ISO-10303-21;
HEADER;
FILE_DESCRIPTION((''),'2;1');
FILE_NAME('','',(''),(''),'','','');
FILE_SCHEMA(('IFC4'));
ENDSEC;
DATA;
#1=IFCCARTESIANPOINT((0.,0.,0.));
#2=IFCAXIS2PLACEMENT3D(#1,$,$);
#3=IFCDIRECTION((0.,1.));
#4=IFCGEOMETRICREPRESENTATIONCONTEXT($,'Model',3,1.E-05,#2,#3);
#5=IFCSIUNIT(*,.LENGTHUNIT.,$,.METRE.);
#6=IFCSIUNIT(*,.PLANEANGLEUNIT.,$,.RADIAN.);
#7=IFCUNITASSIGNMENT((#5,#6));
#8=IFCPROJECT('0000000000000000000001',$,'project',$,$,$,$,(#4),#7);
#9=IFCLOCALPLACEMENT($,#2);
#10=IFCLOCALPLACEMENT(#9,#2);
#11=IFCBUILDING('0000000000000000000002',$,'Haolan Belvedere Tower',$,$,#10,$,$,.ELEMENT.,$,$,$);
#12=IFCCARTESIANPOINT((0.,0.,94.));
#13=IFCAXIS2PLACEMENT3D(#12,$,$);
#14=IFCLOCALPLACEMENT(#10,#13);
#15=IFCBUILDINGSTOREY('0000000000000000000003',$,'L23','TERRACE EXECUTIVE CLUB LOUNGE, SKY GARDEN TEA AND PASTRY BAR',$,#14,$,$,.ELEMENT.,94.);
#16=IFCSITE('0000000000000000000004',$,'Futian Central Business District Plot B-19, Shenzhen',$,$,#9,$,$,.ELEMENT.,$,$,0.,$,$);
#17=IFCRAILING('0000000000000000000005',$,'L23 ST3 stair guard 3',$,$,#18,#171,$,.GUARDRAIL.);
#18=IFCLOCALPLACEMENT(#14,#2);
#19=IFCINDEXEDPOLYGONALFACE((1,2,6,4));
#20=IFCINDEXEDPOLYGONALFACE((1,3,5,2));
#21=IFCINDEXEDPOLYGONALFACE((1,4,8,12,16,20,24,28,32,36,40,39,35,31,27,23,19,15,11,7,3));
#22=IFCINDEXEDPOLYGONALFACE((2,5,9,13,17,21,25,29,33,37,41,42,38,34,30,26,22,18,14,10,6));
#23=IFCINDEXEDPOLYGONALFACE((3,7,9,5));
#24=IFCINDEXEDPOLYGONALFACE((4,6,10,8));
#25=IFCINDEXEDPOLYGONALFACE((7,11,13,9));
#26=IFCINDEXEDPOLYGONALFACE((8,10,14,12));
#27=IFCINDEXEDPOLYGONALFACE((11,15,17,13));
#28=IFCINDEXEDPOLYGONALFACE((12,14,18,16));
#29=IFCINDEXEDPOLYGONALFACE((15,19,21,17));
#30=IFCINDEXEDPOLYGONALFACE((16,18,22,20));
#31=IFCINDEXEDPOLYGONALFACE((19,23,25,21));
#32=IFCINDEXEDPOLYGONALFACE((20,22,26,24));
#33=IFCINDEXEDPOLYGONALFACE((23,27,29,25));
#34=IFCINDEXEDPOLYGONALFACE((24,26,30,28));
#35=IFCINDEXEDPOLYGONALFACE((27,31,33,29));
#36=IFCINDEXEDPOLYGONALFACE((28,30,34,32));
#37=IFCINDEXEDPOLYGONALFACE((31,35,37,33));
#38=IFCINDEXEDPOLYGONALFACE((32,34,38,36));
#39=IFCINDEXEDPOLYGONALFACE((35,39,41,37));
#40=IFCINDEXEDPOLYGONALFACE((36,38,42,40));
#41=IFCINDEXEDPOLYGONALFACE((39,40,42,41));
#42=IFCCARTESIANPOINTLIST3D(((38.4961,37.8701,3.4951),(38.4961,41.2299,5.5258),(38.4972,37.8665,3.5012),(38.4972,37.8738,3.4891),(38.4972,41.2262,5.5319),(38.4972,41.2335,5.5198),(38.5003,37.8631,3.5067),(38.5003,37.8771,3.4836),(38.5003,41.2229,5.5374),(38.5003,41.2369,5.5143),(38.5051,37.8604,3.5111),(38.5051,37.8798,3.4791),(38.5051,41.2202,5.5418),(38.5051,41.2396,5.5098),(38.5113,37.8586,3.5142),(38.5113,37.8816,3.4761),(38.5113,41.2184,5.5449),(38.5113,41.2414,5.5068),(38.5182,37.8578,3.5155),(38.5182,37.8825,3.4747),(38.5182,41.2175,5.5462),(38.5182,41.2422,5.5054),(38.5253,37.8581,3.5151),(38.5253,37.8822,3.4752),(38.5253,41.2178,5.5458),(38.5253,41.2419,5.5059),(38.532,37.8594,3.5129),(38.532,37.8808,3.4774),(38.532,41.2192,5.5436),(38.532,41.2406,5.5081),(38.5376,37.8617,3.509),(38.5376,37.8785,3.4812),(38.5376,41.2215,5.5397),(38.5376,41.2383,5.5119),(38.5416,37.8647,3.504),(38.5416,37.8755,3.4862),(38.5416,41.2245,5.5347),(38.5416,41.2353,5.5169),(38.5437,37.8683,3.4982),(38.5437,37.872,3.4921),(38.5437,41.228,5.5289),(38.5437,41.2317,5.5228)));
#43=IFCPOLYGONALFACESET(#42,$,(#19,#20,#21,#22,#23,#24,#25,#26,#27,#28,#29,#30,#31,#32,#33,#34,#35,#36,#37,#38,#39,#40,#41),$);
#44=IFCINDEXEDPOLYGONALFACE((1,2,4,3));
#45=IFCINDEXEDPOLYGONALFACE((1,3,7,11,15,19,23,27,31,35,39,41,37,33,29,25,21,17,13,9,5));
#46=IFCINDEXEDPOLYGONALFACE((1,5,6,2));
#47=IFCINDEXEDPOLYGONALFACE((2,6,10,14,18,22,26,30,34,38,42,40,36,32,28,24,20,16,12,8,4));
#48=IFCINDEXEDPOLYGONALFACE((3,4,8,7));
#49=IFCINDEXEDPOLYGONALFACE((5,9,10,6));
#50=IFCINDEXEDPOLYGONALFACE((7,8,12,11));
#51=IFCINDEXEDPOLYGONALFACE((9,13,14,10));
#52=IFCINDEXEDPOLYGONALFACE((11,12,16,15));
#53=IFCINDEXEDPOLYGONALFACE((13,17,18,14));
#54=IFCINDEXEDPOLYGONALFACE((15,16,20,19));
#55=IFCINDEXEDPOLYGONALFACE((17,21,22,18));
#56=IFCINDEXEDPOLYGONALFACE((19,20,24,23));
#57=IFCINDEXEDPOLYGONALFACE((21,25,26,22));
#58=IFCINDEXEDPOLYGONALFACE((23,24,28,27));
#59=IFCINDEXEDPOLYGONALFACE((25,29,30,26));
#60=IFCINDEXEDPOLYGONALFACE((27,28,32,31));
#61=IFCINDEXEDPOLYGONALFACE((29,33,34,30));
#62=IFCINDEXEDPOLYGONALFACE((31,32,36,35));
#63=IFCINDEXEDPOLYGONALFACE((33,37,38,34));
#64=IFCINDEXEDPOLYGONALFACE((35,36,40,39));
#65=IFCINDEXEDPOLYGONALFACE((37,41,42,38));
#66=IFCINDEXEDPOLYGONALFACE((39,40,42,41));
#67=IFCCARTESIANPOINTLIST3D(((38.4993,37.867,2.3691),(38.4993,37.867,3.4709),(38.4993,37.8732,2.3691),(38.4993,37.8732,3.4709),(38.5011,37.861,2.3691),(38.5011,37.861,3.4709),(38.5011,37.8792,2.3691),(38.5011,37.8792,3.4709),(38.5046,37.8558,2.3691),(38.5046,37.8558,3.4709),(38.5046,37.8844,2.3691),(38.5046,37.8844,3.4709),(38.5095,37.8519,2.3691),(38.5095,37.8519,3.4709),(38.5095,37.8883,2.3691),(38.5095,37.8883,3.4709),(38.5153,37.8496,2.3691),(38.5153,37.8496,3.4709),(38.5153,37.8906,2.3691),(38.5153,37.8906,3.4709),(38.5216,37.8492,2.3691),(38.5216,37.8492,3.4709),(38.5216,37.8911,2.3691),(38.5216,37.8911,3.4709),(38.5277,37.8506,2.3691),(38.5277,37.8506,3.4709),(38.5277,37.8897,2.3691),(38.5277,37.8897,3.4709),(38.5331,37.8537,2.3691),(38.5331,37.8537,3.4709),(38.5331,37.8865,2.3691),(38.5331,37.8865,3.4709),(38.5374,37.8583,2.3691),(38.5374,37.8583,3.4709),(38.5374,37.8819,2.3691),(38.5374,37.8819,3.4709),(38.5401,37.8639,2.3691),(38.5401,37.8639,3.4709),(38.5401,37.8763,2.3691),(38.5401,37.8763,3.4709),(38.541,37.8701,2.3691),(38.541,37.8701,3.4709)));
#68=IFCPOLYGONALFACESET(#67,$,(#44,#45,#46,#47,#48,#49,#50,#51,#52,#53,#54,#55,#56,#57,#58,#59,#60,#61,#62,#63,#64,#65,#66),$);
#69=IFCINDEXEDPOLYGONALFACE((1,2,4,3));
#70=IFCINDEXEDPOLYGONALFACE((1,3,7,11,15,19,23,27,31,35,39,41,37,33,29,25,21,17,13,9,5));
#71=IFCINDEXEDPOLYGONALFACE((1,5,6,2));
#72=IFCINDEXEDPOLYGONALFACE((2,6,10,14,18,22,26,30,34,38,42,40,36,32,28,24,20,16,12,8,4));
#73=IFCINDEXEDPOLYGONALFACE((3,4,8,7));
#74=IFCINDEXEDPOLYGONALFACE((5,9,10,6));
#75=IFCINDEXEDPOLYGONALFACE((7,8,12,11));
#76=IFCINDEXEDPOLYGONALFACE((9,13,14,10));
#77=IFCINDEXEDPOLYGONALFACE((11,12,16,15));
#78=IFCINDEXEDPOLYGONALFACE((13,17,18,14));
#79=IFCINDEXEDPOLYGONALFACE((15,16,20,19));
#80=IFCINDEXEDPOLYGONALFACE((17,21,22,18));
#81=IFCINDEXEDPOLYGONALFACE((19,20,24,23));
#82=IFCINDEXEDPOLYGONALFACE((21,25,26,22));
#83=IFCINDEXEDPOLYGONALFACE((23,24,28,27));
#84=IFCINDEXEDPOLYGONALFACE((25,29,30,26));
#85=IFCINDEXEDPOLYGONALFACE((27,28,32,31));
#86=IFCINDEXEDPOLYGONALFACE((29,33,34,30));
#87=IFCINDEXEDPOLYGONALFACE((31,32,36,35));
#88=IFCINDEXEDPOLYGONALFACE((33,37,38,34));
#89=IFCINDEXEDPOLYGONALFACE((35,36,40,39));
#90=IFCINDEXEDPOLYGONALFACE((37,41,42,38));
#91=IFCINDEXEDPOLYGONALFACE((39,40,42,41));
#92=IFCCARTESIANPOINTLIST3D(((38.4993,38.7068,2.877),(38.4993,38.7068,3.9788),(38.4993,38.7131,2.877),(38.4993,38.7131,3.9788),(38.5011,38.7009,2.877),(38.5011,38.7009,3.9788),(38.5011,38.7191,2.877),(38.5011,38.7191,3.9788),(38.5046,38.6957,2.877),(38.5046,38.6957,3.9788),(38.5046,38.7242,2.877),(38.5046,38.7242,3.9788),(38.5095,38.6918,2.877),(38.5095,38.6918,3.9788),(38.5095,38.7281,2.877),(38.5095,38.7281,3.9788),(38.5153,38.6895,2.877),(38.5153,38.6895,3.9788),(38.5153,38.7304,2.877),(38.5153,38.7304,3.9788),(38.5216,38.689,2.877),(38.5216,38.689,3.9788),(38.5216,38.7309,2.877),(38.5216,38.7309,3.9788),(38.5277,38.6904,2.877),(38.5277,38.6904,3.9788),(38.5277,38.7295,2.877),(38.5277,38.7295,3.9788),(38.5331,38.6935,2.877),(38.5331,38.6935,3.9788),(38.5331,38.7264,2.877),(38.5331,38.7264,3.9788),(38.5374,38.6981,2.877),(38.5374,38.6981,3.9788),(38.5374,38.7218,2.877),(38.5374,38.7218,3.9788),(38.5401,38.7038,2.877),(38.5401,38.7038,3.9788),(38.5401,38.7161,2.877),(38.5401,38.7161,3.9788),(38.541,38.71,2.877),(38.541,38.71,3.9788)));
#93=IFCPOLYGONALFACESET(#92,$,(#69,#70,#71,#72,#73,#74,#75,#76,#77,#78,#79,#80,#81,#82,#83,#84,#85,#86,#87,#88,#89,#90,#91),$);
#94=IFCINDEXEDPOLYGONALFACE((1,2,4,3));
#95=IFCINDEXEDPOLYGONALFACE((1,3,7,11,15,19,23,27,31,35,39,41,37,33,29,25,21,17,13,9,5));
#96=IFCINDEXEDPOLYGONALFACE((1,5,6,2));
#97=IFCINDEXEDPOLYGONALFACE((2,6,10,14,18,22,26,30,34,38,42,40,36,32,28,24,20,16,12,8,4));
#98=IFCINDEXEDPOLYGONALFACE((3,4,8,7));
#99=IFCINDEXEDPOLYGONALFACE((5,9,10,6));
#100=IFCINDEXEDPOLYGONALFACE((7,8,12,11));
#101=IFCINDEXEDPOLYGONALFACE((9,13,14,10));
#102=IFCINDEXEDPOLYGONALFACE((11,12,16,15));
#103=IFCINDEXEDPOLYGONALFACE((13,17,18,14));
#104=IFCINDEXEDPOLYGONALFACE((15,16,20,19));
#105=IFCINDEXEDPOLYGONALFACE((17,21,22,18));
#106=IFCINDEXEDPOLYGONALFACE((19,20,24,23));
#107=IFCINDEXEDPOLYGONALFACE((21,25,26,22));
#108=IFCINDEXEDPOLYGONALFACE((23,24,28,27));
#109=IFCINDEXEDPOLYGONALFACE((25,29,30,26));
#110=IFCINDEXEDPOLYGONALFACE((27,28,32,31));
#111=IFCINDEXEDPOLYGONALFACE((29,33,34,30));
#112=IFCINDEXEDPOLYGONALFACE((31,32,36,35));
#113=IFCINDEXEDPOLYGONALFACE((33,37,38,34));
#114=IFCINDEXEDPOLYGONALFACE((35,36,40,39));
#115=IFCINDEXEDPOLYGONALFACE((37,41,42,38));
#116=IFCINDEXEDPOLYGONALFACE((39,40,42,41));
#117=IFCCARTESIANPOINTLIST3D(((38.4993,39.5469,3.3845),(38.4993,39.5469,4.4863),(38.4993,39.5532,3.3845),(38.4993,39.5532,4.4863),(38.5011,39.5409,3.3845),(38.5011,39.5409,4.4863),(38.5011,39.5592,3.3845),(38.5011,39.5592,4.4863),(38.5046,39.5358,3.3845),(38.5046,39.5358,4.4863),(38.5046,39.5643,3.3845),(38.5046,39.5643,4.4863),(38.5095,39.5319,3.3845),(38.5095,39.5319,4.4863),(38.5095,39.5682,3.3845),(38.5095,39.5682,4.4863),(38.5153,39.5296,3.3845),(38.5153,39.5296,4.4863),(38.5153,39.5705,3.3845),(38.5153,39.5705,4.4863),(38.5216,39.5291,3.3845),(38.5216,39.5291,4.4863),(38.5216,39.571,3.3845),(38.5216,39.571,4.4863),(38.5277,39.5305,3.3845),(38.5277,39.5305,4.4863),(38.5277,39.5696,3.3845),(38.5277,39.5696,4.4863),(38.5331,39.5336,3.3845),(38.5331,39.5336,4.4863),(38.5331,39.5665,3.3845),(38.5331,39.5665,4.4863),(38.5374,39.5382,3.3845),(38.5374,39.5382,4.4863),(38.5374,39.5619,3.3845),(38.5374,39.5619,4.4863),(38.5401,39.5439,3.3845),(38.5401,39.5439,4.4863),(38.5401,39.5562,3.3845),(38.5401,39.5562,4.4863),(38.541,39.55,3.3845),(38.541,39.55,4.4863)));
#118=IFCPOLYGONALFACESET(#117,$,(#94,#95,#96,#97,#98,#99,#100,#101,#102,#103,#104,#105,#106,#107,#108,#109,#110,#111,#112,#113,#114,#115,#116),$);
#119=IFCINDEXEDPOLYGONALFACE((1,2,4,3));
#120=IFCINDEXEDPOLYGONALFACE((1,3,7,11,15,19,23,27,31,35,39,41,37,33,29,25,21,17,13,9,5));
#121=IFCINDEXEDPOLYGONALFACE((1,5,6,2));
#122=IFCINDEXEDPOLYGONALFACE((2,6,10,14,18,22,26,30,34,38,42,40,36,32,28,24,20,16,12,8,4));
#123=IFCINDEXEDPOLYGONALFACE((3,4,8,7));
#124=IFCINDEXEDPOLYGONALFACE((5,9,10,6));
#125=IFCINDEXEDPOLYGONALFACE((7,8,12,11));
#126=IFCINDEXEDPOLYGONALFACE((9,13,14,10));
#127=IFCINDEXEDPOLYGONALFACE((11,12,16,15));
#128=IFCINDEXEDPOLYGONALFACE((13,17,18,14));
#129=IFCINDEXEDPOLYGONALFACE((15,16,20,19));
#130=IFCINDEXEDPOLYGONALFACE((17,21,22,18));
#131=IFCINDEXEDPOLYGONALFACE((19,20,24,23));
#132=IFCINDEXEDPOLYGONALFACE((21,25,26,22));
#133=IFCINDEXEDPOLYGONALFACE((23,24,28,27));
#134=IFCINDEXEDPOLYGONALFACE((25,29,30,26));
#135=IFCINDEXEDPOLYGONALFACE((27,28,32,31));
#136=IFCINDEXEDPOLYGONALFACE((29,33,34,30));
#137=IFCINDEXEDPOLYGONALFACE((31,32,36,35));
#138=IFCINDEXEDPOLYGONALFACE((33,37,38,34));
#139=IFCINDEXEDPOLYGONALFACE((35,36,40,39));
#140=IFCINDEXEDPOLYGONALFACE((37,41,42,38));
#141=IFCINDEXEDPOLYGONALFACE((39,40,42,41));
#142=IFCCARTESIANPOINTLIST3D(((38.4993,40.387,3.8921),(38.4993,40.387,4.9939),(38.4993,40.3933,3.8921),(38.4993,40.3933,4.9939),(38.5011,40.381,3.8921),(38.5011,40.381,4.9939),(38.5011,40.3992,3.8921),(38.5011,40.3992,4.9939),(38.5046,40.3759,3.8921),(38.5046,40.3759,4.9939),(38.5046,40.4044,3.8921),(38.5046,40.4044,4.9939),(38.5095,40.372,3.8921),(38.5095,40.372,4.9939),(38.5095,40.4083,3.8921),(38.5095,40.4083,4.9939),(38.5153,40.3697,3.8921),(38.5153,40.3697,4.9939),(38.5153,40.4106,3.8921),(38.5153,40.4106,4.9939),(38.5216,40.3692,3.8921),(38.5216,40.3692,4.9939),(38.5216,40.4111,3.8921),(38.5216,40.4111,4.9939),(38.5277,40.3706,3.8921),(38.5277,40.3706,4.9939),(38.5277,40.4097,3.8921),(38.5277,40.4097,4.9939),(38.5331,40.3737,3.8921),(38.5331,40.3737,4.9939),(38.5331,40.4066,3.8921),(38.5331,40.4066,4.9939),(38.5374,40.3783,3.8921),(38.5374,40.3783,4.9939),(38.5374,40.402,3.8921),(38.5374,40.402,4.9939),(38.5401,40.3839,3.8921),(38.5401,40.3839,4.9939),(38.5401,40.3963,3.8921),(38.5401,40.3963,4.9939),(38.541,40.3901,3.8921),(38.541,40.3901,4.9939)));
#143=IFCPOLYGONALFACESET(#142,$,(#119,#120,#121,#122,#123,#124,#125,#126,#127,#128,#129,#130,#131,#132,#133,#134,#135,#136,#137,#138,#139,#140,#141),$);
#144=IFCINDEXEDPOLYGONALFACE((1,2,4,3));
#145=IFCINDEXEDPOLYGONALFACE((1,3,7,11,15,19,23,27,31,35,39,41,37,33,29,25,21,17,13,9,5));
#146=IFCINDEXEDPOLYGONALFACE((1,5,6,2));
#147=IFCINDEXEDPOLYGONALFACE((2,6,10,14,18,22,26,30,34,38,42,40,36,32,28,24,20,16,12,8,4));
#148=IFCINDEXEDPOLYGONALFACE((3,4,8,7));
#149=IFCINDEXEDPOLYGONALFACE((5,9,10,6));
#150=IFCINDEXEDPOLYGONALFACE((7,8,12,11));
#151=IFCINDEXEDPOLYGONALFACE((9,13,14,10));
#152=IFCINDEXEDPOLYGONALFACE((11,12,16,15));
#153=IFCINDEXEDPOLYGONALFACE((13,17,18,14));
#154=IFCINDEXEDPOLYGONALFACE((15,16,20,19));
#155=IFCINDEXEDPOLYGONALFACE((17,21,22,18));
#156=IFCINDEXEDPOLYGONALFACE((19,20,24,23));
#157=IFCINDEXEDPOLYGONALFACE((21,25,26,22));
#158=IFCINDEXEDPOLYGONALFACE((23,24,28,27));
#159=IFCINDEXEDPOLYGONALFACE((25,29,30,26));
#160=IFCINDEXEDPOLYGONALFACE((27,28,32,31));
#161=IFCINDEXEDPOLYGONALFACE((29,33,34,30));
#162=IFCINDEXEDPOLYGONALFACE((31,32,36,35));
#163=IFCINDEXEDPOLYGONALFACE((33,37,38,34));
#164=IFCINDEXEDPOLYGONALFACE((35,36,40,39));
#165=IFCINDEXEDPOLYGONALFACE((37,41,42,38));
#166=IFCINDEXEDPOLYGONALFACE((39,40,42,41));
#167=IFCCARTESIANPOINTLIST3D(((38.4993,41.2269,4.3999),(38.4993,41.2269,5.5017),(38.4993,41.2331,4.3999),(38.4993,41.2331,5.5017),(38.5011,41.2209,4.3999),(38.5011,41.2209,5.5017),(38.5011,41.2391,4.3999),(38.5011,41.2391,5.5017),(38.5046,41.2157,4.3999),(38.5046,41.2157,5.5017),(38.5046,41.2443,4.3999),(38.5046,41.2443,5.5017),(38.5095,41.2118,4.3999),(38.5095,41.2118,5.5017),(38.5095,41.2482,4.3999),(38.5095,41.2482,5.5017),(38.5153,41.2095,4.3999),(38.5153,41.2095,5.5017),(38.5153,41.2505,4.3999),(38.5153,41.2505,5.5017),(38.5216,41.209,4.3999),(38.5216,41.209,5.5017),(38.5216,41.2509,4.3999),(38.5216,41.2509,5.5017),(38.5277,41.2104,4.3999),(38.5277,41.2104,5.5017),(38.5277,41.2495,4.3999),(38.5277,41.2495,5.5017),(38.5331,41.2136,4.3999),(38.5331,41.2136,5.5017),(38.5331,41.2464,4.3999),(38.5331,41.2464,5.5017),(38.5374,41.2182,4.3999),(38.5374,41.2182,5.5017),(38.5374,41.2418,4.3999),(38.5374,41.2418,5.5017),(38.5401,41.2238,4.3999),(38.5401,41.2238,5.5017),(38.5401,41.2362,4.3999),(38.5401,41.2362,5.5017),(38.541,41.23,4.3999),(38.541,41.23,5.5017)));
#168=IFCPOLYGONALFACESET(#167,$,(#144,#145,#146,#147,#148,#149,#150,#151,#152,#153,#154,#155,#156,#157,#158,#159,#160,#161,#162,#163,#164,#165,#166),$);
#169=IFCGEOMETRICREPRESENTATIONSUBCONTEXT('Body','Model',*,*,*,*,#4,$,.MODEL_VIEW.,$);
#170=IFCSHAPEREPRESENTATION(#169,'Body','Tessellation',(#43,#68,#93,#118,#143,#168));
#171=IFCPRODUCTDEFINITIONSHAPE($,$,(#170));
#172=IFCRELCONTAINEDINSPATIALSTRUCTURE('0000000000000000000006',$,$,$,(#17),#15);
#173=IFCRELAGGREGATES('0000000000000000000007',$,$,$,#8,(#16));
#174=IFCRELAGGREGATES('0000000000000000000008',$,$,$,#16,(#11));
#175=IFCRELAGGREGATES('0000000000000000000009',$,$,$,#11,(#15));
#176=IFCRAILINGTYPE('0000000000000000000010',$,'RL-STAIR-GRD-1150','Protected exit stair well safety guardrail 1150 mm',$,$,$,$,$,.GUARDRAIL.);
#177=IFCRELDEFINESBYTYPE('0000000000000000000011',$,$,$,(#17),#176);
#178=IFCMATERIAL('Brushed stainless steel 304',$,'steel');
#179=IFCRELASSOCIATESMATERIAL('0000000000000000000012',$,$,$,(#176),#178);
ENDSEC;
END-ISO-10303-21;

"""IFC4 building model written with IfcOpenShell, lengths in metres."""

from ifc_helpers import new_model, si_unit, direction, frame, origin, origin_2d, place, context, subcontext, project, spatial, circle, extrude, material, type_object, element, save


model = new_model("IFC4")

# Units and contexts
model_context = context("Model", 3, precision=1e-05, world=origin(), true_north=direction((0.0, 1.0)))
body_context = subcontext(model_context, "Body", "Model", "MODEL_VIEW")
ifc_project = project(units=[si_unit("LENGTHUNIT", "METRE"), si_unit("PLANEANGLEUNIT", "RADIAN")], contexts=[model_context])

# Site, building, storey
site_placement = place(None, origin())
site = spatial("IfcSite", under=ifc_project, at=site_placement, Name="Futian Central Business District Plot B-19, Shenzhen", CompositionType="ELEMENT", RefElevation=0.0)
building_placement = place(site_placement, origin())
building = spatial("IfcBuilding", under=site, at=building_placement, Name="Haolan Belvedere Tower", CompositionType="ELEMENT")
storey_placement = place(building_placement, frame((0.0, 0.0, 94.0)))
storey = spatial("IfcBuildingStorey", under=building, at=storey_placement, Name="L23", Description="TERRACE EXECUTIVE CLUB LOUNGE, SKY GARDEN TEA AND PASTRY BAR", CompositionType="ELEMENT", Elevation=94.0)

# Railing
ifc_material_1 = material(Name="Brushed stainless steel 304", Category="steel")
railing_type = type_object("IfcRailingType", Name="RL-STAIR-GRD-1150", Description="Protected exit stair well safety guardrail 1150 mm", PredefinedType="GUARDRAIL", material=ifc_material_1)
railing_1_placement = place(storey_placement, frame((38.52, 37.8701, 2.3691)))
element("IfcRailing", 1, at=railing_1_placement, inside=storey, type_object=railing_type, Name="L23 ST3 stair guard 3", PredefinedType="GUARDRAIL", context=body_context, shape_type="SweptSolid", body=[
    extrude(circle(Radius=0.0239, at=origin_2d()), frame((0.0, 0.0, 1.126), z_axis=(0.0, 0.85582, 0.517273), x_axis=(-1.0, 0.0, 0.0)), (0.0, 0.0, 1.0), 3.9258),
    extrude(circle(Radius=0.021, at=origin_2d()), origin(), (0.0, 0.0, 1.0), 1.1018),
    extrude(circle(Radius=0.021, at=origin_2d()), frame((0.0, 0.8398, 0.5078)), (0.0, 0.0, 1.0), 1.1018),
    extrude(circle(Radius=0.021, at=origin_2d()), frame((0.0, 1.6799, 1.0154)), (0.0, 0.0, 1.0), 1.1018),
    extrude(circle(Radius=0.021, at=origin_2d()), frame((0.0, 2.52, 1.5229)), (0.0, 0.0, 1.0), 1.1018),
    extrude(circle(Radius=0.021, at=origin_2d()), frame((0.0, 3.3599, 2.0308)), (0.0, 0.0, 1.0), 1.1018),
])

save(model, "model.ifc")
